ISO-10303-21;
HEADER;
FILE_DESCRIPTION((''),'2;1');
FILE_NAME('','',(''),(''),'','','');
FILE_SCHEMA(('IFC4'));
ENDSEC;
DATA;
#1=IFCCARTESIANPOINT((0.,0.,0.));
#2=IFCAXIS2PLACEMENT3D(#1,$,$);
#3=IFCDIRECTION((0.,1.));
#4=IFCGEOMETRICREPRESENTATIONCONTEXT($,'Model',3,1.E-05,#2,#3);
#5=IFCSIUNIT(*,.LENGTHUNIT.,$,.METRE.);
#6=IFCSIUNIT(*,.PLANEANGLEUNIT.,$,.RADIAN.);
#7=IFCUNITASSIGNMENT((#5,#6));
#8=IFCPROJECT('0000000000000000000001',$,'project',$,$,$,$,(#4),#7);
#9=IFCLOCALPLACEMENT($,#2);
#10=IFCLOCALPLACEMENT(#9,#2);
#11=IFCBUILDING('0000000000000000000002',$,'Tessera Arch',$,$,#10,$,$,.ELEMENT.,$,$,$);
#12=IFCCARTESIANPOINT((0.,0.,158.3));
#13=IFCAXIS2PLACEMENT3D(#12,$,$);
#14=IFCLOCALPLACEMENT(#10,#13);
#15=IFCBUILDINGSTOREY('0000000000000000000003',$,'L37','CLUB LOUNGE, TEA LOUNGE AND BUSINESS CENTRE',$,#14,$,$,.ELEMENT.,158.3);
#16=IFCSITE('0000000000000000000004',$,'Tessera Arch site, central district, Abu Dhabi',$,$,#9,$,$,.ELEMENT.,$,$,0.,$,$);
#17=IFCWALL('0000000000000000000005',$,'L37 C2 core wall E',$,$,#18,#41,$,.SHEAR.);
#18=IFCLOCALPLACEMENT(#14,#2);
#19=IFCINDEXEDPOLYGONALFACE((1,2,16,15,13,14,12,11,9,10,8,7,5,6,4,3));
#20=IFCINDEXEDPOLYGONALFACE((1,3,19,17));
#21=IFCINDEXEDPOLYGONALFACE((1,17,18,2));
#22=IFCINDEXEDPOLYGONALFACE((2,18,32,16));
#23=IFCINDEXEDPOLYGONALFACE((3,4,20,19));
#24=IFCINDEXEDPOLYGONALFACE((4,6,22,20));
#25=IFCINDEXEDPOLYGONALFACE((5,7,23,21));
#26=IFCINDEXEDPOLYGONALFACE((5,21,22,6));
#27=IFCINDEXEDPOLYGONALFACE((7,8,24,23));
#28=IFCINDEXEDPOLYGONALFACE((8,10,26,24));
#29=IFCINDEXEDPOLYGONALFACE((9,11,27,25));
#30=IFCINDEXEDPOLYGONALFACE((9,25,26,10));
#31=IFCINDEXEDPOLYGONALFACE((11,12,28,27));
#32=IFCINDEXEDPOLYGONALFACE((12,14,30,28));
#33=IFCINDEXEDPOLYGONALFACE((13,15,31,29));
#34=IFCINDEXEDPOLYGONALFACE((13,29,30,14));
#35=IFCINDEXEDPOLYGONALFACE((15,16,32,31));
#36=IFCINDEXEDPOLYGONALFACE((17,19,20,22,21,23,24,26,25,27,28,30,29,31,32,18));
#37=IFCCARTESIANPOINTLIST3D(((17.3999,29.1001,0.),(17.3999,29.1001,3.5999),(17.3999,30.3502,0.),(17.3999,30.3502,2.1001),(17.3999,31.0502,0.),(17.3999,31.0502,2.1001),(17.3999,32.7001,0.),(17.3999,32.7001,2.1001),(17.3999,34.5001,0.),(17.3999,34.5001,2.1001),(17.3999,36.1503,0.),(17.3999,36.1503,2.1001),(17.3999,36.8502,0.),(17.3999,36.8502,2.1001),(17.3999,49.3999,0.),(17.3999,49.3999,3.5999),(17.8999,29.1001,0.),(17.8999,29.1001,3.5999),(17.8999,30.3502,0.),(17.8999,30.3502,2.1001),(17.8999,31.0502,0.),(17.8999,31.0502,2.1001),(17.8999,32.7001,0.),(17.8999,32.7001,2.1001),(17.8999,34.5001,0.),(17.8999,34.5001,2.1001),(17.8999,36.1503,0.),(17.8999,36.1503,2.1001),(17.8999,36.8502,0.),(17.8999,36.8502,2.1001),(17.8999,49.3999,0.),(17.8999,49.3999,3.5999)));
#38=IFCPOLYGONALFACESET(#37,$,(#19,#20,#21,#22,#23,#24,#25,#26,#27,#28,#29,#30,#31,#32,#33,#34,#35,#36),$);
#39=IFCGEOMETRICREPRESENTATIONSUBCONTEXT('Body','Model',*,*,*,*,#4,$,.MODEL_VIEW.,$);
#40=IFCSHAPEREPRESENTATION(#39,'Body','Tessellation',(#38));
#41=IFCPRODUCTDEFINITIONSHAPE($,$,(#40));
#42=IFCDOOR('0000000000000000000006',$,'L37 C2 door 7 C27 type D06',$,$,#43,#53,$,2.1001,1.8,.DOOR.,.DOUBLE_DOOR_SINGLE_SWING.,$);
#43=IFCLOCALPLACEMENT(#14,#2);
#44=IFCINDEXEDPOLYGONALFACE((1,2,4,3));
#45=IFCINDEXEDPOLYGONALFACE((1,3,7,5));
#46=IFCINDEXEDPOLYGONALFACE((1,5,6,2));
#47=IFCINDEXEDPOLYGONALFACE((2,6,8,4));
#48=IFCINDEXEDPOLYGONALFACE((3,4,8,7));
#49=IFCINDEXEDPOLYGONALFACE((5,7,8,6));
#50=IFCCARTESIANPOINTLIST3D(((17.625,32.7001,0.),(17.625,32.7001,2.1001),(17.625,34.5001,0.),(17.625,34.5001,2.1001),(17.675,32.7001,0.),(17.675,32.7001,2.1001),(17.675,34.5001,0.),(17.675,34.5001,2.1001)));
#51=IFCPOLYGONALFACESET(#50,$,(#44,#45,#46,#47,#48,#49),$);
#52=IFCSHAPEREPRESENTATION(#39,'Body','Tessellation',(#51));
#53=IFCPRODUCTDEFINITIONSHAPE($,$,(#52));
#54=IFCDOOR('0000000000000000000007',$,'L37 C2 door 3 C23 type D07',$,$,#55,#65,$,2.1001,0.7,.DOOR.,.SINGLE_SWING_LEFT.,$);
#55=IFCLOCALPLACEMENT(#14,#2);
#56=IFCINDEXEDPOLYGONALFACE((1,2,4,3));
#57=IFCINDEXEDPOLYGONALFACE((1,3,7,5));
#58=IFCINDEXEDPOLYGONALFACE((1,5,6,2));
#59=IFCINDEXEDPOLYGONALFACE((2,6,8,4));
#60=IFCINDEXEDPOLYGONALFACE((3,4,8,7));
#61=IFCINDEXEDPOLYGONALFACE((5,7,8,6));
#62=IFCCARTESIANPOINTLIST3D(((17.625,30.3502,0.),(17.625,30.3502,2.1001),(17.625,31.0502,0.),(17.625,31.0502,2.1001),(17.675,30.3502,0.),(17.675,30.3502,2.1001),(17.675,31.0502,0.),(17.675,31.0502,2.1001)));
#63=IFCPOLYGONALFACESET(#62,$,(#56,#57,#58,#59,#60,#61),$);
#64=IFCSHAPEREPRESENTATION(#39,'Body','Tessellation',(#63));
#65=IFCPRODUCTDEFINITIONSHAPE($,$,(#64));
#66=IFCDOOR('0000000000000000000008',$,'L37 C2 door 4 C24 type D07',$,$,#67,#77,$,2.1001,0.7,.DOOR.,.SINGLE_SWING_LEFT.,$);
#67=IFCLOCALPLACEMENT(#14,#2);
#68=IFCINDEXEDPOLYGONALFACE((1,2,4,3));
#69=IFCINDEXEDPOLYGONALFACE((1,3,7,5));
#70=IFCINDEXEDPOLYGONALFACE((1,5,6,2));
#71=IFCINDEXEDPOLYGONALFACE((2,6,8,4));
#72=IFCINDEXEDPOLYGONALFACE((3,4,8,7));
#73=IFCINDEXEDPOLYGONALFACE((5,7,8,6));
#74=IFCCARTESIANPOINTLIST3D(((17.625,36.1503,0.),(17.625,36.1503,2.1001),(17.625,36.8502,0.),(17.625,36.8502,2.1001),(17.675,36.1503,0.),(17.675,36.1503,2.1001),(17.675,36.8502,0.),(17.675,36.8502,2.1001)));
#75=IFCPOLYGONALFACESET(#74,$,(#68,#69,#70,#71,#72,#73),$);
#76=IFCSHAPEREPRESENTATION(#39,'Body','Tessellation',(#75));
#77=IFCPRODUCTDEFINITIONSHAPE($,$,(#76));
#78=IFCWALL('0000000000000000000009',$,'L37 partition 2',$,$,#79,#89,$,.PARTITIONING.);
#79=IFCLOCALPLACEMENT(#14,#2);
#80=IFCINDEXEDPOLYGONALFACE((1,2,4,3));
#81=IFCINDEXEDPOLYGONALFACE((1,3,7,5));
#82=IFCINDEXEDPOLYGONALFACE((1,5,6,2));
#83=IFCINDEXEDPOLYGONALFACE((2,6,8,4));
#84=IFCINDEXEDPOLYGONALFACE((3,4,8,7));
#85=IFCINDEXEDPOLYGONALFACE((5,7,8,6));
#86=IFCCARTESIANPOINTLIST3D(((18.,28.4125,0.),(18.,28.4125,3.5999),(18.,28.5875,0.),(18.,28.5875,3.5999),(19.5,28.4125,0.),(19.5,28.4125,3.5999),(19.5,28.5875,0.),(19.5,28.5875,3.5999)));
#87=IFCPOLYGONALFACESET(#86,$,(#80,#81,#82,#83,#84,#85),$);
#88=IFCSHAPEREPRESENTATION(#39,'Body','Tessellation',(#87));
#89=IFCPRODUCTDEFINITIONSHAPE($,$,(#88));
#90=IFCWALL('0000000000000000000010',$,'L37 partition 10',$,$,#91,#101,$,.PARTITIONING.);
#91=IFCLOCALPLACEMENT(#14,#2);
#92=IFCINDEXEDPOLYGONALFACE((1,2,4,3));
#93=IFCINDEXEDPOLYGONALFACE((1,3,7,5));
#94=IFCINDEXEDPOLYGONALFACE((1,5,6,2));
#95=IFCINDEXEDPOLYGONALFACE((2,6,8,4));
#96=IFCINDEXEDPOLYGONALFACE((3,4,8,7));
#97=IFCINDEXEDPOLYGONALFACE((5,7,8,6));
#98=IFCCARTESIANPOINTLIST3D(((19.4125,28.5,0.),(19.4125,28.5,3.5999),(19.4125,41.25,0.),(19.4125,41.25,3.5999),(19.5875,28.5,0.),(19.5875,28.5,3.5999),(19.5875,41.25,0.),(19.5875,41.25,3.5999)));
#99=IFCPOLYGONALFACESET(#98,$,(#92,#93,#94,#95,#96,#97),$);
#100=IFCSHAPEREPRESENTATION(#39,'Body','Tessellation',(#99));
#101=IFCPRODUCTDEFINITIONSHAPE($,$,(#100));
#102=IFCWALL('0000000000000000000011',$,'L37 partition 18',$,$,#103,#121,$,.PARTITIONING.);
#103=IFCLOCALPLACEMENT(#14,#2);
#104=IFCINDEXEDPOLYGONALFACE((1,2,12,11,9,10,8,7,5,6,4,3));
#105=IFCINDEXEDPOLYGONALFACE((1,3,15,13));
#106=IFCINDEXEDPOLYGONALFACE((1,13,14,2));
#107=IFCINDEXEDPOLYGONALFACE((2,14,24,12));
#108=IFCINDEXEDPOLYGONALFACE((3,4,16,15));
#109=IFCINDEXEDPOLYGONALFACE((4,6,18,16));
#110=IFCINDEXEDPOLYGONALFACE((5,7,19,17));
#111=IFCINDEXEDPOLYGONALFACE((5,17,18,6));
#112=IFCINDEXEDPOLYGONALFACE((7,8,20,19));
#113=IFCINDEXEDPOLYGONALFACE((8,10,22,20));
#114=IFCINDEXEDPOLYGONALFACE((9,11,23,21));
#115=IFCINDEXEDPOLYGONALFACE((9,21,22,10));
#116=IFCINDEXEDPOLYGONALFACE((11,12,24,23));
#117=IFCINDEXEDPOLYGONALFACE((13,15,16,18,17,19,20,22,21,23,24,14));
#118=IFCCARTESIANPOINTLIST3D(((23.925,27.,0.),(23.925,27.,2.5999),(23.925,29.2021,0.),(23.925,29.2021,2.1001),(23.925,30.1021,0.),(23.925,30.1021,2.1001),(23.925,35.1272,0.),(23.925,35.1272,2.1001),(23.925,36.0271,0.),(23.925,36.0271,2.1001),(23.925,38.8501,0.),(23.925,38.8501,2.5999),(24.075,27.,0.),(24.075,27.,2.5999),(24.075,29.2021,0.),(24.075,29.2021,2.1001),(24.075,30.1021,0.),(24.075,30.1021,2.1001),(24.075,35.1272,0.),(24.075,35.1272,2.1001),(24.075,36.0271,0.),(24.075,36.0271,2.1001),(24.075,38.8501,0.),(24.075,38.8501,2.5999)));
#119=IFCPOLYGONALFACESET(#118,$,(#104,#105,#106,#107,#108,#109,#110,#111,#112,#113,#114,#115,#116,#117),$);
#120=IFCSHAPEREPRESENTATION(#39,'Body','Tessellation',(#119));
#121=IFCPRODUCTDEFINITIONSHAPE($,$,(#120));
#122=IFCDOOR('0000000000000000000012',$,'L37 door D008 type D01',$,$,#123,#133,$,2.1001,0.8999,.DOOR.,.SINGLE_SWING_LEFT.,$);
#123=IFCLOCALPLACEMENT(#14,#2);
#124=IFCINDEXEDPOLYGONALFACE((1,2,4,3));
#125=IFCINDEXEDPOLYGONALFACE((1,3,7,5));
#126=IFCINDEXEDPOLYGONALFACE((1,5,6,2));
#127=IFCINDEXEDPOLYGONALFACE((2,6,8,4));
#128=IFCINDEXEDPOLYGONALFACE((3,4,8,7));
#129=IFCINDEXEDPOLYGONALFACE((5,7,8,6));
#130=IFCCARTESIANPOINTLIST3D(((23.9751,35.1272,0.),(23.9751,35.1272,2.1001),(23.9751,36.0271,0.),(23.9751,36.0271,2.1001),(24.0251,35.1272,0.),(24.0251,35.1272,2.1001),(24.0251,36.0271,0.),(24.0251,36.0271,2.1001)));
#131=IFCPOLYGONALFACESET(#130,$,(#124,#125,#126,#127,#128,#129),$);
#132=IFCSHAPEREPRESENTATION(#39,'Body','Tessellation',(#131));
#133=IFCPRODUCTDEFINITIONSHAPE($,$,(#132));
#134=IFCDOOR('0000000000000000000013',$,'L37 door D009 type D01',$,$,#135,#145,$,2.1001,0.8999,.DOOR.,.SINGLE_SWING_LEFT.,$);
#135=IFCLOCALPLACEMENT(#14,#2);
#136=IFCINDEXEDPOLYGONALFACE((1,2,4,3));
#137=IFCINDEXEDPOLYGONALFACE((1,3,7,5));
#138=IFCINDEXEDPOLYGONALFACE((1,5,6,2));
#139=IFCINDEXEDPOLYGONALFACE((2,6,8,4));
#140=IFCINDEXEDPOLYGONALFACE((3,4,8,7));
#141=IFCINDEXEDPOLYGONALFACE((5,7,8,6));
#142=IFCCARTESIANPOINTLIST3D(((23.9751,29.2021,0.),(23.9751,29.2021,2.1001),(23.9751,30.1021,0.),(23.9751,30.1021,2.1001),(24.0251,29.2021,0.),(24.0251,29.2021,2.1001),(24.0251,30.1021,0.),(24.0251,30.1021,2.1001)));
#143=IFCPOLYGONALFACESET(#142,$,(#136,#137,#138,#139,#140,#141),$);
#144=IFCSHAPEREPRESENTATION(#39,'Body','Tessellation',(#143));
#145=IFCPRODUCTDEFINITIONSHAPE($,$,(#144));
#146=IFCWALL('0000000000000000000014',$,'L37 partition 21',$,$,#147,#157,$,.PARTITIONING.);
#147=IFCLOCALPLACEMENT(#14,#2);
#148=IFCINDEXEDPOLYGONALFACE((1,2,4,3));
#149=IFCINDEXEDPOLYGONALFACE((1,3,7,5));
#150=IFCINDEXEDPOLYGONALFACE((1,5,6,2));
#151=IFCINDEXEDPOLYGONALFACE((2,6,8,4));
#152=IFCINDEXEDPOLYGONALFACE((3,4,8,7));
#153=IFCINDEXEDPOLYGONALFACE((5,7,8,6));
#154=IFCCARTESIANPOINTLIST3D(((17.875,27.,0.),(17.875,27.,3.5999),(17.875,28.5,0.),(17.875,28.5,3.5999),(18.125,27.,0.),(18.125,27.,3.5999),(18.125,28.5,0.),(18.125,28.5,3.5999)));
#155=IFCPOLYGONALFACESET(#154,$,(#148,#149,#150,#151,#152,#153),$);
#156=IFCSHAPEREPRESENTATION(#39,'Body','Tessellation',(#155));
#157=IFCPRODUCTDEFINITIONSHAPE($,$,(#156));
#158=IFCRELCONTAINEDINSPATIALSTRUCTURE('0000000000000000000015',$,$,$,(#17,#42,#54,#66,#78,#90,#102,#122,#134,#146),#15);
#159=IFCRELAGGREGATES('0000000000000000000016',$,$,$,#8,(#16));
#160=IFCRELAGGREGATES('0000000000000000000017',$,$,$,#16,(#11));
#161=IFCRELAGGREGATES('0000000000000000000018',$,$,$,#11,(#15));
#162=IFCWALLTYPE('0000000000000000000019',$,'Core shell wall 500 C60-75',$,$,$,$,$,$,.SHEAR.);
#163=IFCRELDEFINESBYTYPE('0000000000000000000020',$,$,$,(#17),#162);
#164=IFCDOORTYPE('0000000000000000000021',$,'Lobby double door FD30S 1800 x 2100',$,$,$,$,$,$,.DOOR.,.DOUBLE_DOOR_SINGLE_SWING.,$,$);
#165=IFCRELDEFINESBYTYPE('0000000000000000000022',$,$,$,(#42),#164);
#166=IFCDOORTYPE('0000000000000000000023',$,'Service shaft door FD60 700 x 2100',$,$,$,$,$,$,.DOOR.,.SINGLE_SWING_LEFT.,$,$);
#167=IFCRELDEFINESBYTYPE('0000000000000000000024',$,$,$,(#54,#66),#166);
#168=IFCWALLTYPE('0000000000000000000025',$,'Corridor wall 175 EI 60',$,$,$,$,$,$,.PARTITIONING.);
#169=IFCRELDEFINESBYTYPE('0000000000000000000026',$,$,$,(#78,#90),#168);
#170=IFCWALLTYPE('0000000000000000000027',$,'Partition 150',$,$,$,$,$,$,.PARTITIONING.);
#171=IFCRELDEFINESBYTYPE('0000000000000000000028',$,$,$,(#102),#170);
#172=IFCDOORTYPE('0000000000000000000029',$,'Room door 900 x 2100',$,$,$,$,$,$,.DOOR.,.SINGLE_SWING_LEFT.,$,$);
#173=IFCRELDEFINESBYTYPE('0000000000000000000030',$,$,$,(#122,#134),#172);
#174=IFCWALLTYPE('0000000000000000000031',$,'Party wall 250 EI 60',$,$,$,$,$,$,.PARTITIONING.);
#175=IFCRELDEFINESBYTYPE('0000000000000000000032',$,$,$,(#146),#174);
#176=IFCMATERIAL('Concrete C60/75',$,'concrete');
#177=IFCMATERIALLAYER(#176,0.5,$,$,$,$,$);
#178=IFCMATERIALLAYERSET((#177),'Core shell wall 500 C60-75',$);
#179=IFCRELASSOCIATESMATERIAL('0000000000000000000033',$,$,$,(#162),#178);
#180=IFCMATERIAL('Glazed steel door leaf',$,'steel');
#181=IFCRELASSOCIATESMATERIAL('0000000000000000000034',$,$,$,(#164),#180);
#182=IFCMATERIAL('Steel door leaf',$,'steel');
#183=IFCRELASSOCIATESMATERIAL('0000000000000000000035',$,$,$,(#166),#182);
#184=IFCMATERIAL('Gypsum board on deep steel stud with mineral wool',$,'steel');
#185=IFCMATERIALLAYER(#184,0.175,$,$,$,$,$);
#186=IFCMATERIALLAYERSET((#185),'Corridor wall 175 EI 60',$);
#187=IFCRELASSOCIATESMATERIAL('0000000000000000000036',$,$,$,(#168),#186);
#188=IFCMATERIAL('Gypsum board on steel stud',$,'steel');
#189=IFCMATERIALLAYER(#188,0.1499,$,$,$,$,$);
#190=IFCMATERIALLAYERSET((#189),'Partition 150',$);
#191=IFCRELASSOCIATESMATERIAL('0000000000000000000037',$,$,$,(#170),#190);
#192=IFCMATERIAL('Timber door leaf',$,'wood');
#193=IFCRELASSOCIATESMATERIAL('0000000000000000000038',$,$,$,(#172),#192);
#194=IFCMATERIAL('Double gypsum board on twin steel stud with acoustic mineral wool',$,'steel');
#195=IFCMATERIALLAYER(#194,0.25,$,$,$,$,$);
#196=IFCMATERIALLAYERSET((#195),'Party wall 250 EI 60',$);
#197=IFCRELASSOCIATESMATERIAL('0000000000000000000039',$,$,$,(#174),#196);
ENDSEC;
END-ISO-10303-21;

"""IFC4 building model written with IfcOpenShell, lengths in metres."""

from ifc_helpers import new_model, si_unit, direction, frame, frame_2d, origin, place, context, subcontext, project, spatial, rectangle, extrude, material, layer, layer_set, type_object, element, fill, save


model = new_model("IFC4")

# Units and contexts
model_context = context("Model", 3, precision=1e-05, world=origin(), true_north=direction((0.0, 1.0)))
body_context = subcontext(model_context, "Body", "Model", "MODEL_VIEW")
ifc_project = project(units=[si_unit("LENGTHUNIT", "METRE"), si_unit("PLANEANGLEUNIT", "RADIAN")], contexts=[model_context])

# Site, building, storey
site_placement = place(None, origin())
site = spatial("IfcSite", under=ifc_project, at=site_placement, Name="Tessera Arch site, central district, Abu Dhabi", CompositionType="ELEMENT", RefElevation=0.0)
building_placement = place(site_placement, origin())
building = spatial("IfcBuilding", under=site, at=building_placement, Name="Tessera Arch", CompositionType="ELEMENT")
storey_placement = place(building_placement, frame((0.0, 0.0, 158.3)))
storey = spatial("IfcBuildingStorey", under=building, at=storey_placement, Name="L37", Description="CLUB LOUNGE, TEA LOUNGE AND BUSINESS CENTRE", CompositionType="ELEMENT", Elevation=158.3)

# Wall, openings, doors
ifc_material_1 = material(Name="Concrete C60/75", Category="concrete")
ifc_layer_1 = layer(ifc_material_1, 0.5)
ifc_layer_set_1 = layer_set([ifc_layer_1], Name="Core shell wall 500 C60-75")
wall_type_1 = type_object("IfcWallType", Name="Core shell wall 500 C60-75", PredefinedType="SHEAR", material=ifc_layer_set_1)
wall_1_placement = place(storey_placement, frame((17.6499, 29.1001, 0.0), z_axis=(0.0, 0.0, 1.0), x_axis=(0.0, 1.0, 0.0)))
wall_1 = element("IfcWall", 1, at=wall_1_placement, inside=storey, type_object=wall_type_1, Name="L37 C2 core wall E", PredefinedType="SHEAR", context=body_context, shape_type="SweptSolid", body=[
    extrude(rectangle(XDim=20.2998, YDim=0.5, at=frame_2d((10.1499, 0.0))), origin(), (0.0, 0.0, 1.0), 3.5999),
])
opening_1_placement = place(wall_1_placement, frame((1.25, 0.0, 0.0)))
opening_1 = element("IfcOpeningElement", 2, at=opening_1_placement, cuts=wall_1, PredefinedType="OPENING", context=body_context, shape_type="SweptSolid", body=[
    extrude(rectangle(XDim=0.7, YDim=2.1001, at=frame_2d((0.3501, 1.05))), frame((0.0, 0.26, 0.0), z_axis=(0.0, -1.0, 0.0), x_axis=(1.0, 0.0, 0.0)), (0.0, 0.0, 1.0), 0.52),
])
opening_2_placement = place(wall_1_placement, frame((7.05, 0.0, 0.0)))
opening_2 = element("IfcOpeningElement", 3, at=opening_2_placement, cuts=wall_1, PredefinedType="OPENING", context=body_context, shape_type="SweptSolid", body=[
    extrude(rectangle(XDim=0.7, YDim=2.1001, at=frame_2d((0.3501, 1.05))), frame((0.0, 0.26, 0.0), z_axis=(0.0, -1.0, 0.0), x_axis=(1.0, 0.0, 0.0)), (0.0, 0.0, 1.0), 0.52),
])
opening_3_placement = place(wall_1_placement, frame((3.6001, 0.0, 0.0)))
opening_3 = element("IfcOpeningElement", 4, at=opening_3_placement, cuts=wall_1, PredefinedType="OPENING", context=body_context, shape_type="SweptSolid", body=[
    extrude(rectangle(XDim=1.8, YDim=2.1001, at=frame_2d((0.8999, 1.05))), frame((0.0, 0.26, 0.0), z_axis=(0.0, -1.0, 0.0), x_axis=(1.0, 0.0, 0.0)), (0.0, 0.0, 1.0), 0.52),
])
ifc_material_2 = material(Name="Glazed steel door leaf", Category="steel")
door_type_1 = type_object("IfcDoorType", Name="Lobby double door FD30S 1800 x 2100", OperationType="DOUBLE_DOOR_SINGLE_SWING", PredefinedType="DOOR", material=ifc_material_2)
door_1_placement = place(opening_3_placement, origin())
door_1 = element("IfcDoor", 5, at=door_1_placement, inside=storey, type_object=door_type_1, Name="L37 C2 door 7 C27 type D06", OperationType="DOUBLE_DOOR_SINGLE_SWING", OverallHeight=2.1001, OverallWidth=1.8, PredefinedType="DOOR", context=body_context, shape_type="SweptSolid", body=[
    extrude(rectangle(XDim=1.8, YDim=2.1001, at=frame_2d((0.8999, 1.05))), frame((0.0, 0.0249, 0.0), z_axis=(0.0, -1.0, 0.0), x_axis=(1.0, 0.0, 0.0)), (0.0, 0.0, 1.0), 0.05),
])
fill(opening_3, door_1)
ifc_material_3 = material(Name="Steel door leaf", Category="steel")
door_type_2 = type_object("IfcDoorType", Name="Service shaft door FD60 700 x 2100", OperationType="SINGLE_SWING_LEFT", PredefinedType="DOOR", material=ifc_material_3)
door_2_placement = place(opening_1_placement, origin())
door_2 = element("IfcDoor", 6, at=door_2_placement, inside=storey, type_object=door_type_2, Name="L37 C2 door 3 C23 type D07", OperationType="SINGLE_SWING_LEFT", OverallHeight=2.1001, OverallWidth=0.7, PredefinedType="DOOR", context=body_context, shape_type="SweptSolid", body=[
    extrude(rectangle(XDim=0.7, YDim=2.1001, at=frame_2d((0.3501, 1.05))), frame((0.0, 0.0249, 0.0), z_axis=(0.0, -1.0, 0.0), x_axis=(1.0, 0.0, 0.0)), (0.0, 0.0, 1.0), 0.05),
])
fill(opening_1, door_2)
door_3_placement = place(opening_2_placement, origin())
door_3 = element("IfcDoor", 7, at=door_3_placement, inside=storey, type_object=door_type_2, Name="L37 C2 door 4 C24 type D07", OperationType="SINGLE_SWING_LEFT", OverallHeight=2.1001, OverallWidth=0.7, PredefinedType="DOOR", context=body_context, shape_type="SweptSolid", body=[
    extrude(rectangle(XDim=0.7, YDim=2.1001, at=frame_2d((0.3501, 1.05))), frame((0.0, 0.0249, 0.0), z_axis=(0.0, -1.0, 0.0), x_axis=(1.0, 0.0, 0.0)), (0.0, 0.0, 1.0), 0.05),
])
fill(opening_2, door_3)

# Walls
ifc_material_4 = material(Name="Gypsum board on deep steel stud with mineral wool", Category="steel")
ifc_layer_2 = layer(ifc_material_4, 0.175)
ifc_layer_set_2 = layer_set([ifc_layer_2], Name="Corridor wall 175 EI 60")
wall_type_2 = type_object("IfcWallType", Name="Corridor wall 175 EI 60", PredefinedType="PARTITIONING", material=ifc_layer_set_2)
wall_2_placement = place(storey_placement, frame((18.0, 28.5, 0.0), z_axis=(0.0, 0.0, 1.0), x_axis=(1.0, 0.0, 0.0)))
element("IfcWall", 8, at=wall_2_placement, inside=storey, type_object=wall_type_2, Name="L37 partition 2", PredefinedType="PARTITIONING", context=body_context, shape_type="SweptSolid", body=[
    extrude(rectangle(XDim=1.5, YDim=0.175, at=frame_2d((0.75, 0.0))), origin(), (0.0, 0.0, 1.0), 3.5999),
])
wall_3_placement = place(storey_placement, frame((19.5, 28.5, 0.0), z_axis=(0.0, 0.0, 1.0), x_axis=(0.0, 1.0, 0.0)))
element("IfcWall", 9, at=wall_3_placement, inside=storey, type_object=wall_type_2, Name="L37 partition 10", PredefinedType="PARTITIONING", context=body_context, shape_type="SweptSolid", body=[
    extrude(rectangle(XDim=12.75, YDim=0.175, at=frame_2d((6.375, 0.0))), origin(), (0.0, 0.0, 1.0), 3.5999),
])

# Wall, openings, doors
ifc_material_5 = material(Name="Gypsum board on steel stud", Category="steel")
ifc_layer_3 = layer(ifc_material_5, 0.1499)
ifc_layer_set_3 = layer_set([ifc_layer_3], Name="Partition 150")
wall_type_3 = type_object("IfcWallType", Name="Partition 150", PredefinedType="PARTITIONING", material=ifc_layer_set_3)
wall_4_placement = place(storey_placement, frame((24.0, 27.0, 0.0), z_axis=(0.0, 0.0, 1.0), x_axis=(0.0, 1.0, 0.0)))
wall_4 = element("IfcWall", 10, at=wall_4_placement, inside=storey, type_object=wall_type_3, Name="L37 partition 18", PredefinedType="PARTITIONING", context=body_context, shape_type="SweptSolid", body=[
    extrude(rectangle(XDim=11.8501, YDim=0.1499, at=frame_2d((5.925, 0.0))), origin(), (0.0, 0.0, 1.0), 2.5999),
])
opening_4_placement = place(wall_4_placement, frame((8.1272, 0.0, 0.0)))
opening_4 = element("IfcOpeningElement", 11, at=opening_4_placement, cuts=wall_4, PredefinedType="OPENING", context=body_context, shape_type="SweptSolid", body=[
    extrude(rectangle(XDim=0.8999, YDim=2.1001, at=frame_2d((0.45, 1.05))), frame((0.0, 0.085, 0.0), z_axis=(0.0, -1.0, 0.0), x_axis=(1.0, 0.0, 0.0)), (0.0, 0.0, 1.0), 0.1699),
])
opening_5_placement = place(wall_4_placement, frame((2.2021, 0.0, 0.0)))
opening_5 = element("IfcOpeningElement", 12, at=opening_5_placement, cuts=wall_4, PredefinedType="OPENING", context=body_context, shape_type="SweptSolid", body=[
    extrude(rectangle(XDim=0.8999, YDim=2.1001, at=frame_2d((0.45, 1.05))), frame((0.0, 0.085, 0.0), z_axis=(0.0, -1.0, 0.0), x_axis=(1.0, 0.0, 0.0)), (0.0, 0.0, 1.0), 0.1699),
])
ifc_material_6 = material(Name="Timber door leaf", Category="wood")
door_type_3 = type_object("IfcDoorType", Name="Room door 900 x 2100", OperationType="SINGLE_SWING_LEFT", PredefinedType="DOOR", material=ifc_material_6)
door_4_placement = place(opening_4_placement, origin())
door_4 = element("IfcDoor", 13, at=door_4_placement, inside=storey, type_object=door_type_3, Name="L37 door D008 type D01", OperationType="SINGLE_SWING_LEFT", OverallHeight=2.1001, OverallWidth=0.8999, PredefinedType="DOOR", context=body_context, shape_type="SweptSolid", body=[
    extrude(rectangle(XDim=0.8999, YDim=2.1001, at=frame_2d((0.45, 1.05))), frame((0.0, 0.0249, 0.0), z_axis=(0.0, -1.0, 0.0), x_axis=(1.0, 0.0, 0.0)), (0.0, 0.0, 1.0), 0.05),
])
fill(opening_4, door_4)
door_5_placement = place(opening_5_placement, origin())
door_5 = element("IfcDoor", 14, at=door_5_placement, inside=storey, type_object=door_type_3, Name="L37 door D009 type D01", OperationType="SINGLE_SWING_LEFT", OverallHeight=2.1001, OverallWidth=0.8999, PredefinedType="DOOR", context=body_context, shape_type="SweptSolid", body=[
    extrude(rectangle(XDim=0.8999, YDim=2.1001, at=frame_2d((0.45, 1.05))), frame((0.0, 0.0249, 0.0), z_axis=(0.0, -1.0, 0.0), x_axis=(1.0, 0.0, 0.0)), (0.0, 0.0, 1.0), 0.05),
])
fill(opening_5, door_5)

# Wall
ifc_material_7 = material(Name="Double gypsum board on twin steel stud with acoustic mineral wool", Category="steel")
ifc_layer_4 = layer(ifc_material_7, 0.25)
ifc_layer_set_4 = layer_set([ifc_layer_4], Name="Party wall 250 EI 60")
wall_type_4 = type_object("IfcWallType", Name="Party wall 250 EI 60", PredefinedType="PARTITIONING", material=ifc_layer_set_4)
wall_5_placement = place(storey_placement, frame((18.0, 27.0, 0.0), z_axis=(0.0, 0.0, 1.0), x_axis=(0.0, 1.0, 0.0)))
element("IfcWall", 15, at=wall_5_placement, inside=storey, type_object=wall_type_4, Name="L37 partition 21", PredefinedType="PARTITIONING", context=body_context, shape_type="SweptSolid", body=[
    extrude(rectangle(XDim=1.5, YDim=0.25, at=frame_2d((0.75, 0.0))), origin(), (0.0, 0.0, 1.0), 3.5999),
])

save(model, "model.ifc")
